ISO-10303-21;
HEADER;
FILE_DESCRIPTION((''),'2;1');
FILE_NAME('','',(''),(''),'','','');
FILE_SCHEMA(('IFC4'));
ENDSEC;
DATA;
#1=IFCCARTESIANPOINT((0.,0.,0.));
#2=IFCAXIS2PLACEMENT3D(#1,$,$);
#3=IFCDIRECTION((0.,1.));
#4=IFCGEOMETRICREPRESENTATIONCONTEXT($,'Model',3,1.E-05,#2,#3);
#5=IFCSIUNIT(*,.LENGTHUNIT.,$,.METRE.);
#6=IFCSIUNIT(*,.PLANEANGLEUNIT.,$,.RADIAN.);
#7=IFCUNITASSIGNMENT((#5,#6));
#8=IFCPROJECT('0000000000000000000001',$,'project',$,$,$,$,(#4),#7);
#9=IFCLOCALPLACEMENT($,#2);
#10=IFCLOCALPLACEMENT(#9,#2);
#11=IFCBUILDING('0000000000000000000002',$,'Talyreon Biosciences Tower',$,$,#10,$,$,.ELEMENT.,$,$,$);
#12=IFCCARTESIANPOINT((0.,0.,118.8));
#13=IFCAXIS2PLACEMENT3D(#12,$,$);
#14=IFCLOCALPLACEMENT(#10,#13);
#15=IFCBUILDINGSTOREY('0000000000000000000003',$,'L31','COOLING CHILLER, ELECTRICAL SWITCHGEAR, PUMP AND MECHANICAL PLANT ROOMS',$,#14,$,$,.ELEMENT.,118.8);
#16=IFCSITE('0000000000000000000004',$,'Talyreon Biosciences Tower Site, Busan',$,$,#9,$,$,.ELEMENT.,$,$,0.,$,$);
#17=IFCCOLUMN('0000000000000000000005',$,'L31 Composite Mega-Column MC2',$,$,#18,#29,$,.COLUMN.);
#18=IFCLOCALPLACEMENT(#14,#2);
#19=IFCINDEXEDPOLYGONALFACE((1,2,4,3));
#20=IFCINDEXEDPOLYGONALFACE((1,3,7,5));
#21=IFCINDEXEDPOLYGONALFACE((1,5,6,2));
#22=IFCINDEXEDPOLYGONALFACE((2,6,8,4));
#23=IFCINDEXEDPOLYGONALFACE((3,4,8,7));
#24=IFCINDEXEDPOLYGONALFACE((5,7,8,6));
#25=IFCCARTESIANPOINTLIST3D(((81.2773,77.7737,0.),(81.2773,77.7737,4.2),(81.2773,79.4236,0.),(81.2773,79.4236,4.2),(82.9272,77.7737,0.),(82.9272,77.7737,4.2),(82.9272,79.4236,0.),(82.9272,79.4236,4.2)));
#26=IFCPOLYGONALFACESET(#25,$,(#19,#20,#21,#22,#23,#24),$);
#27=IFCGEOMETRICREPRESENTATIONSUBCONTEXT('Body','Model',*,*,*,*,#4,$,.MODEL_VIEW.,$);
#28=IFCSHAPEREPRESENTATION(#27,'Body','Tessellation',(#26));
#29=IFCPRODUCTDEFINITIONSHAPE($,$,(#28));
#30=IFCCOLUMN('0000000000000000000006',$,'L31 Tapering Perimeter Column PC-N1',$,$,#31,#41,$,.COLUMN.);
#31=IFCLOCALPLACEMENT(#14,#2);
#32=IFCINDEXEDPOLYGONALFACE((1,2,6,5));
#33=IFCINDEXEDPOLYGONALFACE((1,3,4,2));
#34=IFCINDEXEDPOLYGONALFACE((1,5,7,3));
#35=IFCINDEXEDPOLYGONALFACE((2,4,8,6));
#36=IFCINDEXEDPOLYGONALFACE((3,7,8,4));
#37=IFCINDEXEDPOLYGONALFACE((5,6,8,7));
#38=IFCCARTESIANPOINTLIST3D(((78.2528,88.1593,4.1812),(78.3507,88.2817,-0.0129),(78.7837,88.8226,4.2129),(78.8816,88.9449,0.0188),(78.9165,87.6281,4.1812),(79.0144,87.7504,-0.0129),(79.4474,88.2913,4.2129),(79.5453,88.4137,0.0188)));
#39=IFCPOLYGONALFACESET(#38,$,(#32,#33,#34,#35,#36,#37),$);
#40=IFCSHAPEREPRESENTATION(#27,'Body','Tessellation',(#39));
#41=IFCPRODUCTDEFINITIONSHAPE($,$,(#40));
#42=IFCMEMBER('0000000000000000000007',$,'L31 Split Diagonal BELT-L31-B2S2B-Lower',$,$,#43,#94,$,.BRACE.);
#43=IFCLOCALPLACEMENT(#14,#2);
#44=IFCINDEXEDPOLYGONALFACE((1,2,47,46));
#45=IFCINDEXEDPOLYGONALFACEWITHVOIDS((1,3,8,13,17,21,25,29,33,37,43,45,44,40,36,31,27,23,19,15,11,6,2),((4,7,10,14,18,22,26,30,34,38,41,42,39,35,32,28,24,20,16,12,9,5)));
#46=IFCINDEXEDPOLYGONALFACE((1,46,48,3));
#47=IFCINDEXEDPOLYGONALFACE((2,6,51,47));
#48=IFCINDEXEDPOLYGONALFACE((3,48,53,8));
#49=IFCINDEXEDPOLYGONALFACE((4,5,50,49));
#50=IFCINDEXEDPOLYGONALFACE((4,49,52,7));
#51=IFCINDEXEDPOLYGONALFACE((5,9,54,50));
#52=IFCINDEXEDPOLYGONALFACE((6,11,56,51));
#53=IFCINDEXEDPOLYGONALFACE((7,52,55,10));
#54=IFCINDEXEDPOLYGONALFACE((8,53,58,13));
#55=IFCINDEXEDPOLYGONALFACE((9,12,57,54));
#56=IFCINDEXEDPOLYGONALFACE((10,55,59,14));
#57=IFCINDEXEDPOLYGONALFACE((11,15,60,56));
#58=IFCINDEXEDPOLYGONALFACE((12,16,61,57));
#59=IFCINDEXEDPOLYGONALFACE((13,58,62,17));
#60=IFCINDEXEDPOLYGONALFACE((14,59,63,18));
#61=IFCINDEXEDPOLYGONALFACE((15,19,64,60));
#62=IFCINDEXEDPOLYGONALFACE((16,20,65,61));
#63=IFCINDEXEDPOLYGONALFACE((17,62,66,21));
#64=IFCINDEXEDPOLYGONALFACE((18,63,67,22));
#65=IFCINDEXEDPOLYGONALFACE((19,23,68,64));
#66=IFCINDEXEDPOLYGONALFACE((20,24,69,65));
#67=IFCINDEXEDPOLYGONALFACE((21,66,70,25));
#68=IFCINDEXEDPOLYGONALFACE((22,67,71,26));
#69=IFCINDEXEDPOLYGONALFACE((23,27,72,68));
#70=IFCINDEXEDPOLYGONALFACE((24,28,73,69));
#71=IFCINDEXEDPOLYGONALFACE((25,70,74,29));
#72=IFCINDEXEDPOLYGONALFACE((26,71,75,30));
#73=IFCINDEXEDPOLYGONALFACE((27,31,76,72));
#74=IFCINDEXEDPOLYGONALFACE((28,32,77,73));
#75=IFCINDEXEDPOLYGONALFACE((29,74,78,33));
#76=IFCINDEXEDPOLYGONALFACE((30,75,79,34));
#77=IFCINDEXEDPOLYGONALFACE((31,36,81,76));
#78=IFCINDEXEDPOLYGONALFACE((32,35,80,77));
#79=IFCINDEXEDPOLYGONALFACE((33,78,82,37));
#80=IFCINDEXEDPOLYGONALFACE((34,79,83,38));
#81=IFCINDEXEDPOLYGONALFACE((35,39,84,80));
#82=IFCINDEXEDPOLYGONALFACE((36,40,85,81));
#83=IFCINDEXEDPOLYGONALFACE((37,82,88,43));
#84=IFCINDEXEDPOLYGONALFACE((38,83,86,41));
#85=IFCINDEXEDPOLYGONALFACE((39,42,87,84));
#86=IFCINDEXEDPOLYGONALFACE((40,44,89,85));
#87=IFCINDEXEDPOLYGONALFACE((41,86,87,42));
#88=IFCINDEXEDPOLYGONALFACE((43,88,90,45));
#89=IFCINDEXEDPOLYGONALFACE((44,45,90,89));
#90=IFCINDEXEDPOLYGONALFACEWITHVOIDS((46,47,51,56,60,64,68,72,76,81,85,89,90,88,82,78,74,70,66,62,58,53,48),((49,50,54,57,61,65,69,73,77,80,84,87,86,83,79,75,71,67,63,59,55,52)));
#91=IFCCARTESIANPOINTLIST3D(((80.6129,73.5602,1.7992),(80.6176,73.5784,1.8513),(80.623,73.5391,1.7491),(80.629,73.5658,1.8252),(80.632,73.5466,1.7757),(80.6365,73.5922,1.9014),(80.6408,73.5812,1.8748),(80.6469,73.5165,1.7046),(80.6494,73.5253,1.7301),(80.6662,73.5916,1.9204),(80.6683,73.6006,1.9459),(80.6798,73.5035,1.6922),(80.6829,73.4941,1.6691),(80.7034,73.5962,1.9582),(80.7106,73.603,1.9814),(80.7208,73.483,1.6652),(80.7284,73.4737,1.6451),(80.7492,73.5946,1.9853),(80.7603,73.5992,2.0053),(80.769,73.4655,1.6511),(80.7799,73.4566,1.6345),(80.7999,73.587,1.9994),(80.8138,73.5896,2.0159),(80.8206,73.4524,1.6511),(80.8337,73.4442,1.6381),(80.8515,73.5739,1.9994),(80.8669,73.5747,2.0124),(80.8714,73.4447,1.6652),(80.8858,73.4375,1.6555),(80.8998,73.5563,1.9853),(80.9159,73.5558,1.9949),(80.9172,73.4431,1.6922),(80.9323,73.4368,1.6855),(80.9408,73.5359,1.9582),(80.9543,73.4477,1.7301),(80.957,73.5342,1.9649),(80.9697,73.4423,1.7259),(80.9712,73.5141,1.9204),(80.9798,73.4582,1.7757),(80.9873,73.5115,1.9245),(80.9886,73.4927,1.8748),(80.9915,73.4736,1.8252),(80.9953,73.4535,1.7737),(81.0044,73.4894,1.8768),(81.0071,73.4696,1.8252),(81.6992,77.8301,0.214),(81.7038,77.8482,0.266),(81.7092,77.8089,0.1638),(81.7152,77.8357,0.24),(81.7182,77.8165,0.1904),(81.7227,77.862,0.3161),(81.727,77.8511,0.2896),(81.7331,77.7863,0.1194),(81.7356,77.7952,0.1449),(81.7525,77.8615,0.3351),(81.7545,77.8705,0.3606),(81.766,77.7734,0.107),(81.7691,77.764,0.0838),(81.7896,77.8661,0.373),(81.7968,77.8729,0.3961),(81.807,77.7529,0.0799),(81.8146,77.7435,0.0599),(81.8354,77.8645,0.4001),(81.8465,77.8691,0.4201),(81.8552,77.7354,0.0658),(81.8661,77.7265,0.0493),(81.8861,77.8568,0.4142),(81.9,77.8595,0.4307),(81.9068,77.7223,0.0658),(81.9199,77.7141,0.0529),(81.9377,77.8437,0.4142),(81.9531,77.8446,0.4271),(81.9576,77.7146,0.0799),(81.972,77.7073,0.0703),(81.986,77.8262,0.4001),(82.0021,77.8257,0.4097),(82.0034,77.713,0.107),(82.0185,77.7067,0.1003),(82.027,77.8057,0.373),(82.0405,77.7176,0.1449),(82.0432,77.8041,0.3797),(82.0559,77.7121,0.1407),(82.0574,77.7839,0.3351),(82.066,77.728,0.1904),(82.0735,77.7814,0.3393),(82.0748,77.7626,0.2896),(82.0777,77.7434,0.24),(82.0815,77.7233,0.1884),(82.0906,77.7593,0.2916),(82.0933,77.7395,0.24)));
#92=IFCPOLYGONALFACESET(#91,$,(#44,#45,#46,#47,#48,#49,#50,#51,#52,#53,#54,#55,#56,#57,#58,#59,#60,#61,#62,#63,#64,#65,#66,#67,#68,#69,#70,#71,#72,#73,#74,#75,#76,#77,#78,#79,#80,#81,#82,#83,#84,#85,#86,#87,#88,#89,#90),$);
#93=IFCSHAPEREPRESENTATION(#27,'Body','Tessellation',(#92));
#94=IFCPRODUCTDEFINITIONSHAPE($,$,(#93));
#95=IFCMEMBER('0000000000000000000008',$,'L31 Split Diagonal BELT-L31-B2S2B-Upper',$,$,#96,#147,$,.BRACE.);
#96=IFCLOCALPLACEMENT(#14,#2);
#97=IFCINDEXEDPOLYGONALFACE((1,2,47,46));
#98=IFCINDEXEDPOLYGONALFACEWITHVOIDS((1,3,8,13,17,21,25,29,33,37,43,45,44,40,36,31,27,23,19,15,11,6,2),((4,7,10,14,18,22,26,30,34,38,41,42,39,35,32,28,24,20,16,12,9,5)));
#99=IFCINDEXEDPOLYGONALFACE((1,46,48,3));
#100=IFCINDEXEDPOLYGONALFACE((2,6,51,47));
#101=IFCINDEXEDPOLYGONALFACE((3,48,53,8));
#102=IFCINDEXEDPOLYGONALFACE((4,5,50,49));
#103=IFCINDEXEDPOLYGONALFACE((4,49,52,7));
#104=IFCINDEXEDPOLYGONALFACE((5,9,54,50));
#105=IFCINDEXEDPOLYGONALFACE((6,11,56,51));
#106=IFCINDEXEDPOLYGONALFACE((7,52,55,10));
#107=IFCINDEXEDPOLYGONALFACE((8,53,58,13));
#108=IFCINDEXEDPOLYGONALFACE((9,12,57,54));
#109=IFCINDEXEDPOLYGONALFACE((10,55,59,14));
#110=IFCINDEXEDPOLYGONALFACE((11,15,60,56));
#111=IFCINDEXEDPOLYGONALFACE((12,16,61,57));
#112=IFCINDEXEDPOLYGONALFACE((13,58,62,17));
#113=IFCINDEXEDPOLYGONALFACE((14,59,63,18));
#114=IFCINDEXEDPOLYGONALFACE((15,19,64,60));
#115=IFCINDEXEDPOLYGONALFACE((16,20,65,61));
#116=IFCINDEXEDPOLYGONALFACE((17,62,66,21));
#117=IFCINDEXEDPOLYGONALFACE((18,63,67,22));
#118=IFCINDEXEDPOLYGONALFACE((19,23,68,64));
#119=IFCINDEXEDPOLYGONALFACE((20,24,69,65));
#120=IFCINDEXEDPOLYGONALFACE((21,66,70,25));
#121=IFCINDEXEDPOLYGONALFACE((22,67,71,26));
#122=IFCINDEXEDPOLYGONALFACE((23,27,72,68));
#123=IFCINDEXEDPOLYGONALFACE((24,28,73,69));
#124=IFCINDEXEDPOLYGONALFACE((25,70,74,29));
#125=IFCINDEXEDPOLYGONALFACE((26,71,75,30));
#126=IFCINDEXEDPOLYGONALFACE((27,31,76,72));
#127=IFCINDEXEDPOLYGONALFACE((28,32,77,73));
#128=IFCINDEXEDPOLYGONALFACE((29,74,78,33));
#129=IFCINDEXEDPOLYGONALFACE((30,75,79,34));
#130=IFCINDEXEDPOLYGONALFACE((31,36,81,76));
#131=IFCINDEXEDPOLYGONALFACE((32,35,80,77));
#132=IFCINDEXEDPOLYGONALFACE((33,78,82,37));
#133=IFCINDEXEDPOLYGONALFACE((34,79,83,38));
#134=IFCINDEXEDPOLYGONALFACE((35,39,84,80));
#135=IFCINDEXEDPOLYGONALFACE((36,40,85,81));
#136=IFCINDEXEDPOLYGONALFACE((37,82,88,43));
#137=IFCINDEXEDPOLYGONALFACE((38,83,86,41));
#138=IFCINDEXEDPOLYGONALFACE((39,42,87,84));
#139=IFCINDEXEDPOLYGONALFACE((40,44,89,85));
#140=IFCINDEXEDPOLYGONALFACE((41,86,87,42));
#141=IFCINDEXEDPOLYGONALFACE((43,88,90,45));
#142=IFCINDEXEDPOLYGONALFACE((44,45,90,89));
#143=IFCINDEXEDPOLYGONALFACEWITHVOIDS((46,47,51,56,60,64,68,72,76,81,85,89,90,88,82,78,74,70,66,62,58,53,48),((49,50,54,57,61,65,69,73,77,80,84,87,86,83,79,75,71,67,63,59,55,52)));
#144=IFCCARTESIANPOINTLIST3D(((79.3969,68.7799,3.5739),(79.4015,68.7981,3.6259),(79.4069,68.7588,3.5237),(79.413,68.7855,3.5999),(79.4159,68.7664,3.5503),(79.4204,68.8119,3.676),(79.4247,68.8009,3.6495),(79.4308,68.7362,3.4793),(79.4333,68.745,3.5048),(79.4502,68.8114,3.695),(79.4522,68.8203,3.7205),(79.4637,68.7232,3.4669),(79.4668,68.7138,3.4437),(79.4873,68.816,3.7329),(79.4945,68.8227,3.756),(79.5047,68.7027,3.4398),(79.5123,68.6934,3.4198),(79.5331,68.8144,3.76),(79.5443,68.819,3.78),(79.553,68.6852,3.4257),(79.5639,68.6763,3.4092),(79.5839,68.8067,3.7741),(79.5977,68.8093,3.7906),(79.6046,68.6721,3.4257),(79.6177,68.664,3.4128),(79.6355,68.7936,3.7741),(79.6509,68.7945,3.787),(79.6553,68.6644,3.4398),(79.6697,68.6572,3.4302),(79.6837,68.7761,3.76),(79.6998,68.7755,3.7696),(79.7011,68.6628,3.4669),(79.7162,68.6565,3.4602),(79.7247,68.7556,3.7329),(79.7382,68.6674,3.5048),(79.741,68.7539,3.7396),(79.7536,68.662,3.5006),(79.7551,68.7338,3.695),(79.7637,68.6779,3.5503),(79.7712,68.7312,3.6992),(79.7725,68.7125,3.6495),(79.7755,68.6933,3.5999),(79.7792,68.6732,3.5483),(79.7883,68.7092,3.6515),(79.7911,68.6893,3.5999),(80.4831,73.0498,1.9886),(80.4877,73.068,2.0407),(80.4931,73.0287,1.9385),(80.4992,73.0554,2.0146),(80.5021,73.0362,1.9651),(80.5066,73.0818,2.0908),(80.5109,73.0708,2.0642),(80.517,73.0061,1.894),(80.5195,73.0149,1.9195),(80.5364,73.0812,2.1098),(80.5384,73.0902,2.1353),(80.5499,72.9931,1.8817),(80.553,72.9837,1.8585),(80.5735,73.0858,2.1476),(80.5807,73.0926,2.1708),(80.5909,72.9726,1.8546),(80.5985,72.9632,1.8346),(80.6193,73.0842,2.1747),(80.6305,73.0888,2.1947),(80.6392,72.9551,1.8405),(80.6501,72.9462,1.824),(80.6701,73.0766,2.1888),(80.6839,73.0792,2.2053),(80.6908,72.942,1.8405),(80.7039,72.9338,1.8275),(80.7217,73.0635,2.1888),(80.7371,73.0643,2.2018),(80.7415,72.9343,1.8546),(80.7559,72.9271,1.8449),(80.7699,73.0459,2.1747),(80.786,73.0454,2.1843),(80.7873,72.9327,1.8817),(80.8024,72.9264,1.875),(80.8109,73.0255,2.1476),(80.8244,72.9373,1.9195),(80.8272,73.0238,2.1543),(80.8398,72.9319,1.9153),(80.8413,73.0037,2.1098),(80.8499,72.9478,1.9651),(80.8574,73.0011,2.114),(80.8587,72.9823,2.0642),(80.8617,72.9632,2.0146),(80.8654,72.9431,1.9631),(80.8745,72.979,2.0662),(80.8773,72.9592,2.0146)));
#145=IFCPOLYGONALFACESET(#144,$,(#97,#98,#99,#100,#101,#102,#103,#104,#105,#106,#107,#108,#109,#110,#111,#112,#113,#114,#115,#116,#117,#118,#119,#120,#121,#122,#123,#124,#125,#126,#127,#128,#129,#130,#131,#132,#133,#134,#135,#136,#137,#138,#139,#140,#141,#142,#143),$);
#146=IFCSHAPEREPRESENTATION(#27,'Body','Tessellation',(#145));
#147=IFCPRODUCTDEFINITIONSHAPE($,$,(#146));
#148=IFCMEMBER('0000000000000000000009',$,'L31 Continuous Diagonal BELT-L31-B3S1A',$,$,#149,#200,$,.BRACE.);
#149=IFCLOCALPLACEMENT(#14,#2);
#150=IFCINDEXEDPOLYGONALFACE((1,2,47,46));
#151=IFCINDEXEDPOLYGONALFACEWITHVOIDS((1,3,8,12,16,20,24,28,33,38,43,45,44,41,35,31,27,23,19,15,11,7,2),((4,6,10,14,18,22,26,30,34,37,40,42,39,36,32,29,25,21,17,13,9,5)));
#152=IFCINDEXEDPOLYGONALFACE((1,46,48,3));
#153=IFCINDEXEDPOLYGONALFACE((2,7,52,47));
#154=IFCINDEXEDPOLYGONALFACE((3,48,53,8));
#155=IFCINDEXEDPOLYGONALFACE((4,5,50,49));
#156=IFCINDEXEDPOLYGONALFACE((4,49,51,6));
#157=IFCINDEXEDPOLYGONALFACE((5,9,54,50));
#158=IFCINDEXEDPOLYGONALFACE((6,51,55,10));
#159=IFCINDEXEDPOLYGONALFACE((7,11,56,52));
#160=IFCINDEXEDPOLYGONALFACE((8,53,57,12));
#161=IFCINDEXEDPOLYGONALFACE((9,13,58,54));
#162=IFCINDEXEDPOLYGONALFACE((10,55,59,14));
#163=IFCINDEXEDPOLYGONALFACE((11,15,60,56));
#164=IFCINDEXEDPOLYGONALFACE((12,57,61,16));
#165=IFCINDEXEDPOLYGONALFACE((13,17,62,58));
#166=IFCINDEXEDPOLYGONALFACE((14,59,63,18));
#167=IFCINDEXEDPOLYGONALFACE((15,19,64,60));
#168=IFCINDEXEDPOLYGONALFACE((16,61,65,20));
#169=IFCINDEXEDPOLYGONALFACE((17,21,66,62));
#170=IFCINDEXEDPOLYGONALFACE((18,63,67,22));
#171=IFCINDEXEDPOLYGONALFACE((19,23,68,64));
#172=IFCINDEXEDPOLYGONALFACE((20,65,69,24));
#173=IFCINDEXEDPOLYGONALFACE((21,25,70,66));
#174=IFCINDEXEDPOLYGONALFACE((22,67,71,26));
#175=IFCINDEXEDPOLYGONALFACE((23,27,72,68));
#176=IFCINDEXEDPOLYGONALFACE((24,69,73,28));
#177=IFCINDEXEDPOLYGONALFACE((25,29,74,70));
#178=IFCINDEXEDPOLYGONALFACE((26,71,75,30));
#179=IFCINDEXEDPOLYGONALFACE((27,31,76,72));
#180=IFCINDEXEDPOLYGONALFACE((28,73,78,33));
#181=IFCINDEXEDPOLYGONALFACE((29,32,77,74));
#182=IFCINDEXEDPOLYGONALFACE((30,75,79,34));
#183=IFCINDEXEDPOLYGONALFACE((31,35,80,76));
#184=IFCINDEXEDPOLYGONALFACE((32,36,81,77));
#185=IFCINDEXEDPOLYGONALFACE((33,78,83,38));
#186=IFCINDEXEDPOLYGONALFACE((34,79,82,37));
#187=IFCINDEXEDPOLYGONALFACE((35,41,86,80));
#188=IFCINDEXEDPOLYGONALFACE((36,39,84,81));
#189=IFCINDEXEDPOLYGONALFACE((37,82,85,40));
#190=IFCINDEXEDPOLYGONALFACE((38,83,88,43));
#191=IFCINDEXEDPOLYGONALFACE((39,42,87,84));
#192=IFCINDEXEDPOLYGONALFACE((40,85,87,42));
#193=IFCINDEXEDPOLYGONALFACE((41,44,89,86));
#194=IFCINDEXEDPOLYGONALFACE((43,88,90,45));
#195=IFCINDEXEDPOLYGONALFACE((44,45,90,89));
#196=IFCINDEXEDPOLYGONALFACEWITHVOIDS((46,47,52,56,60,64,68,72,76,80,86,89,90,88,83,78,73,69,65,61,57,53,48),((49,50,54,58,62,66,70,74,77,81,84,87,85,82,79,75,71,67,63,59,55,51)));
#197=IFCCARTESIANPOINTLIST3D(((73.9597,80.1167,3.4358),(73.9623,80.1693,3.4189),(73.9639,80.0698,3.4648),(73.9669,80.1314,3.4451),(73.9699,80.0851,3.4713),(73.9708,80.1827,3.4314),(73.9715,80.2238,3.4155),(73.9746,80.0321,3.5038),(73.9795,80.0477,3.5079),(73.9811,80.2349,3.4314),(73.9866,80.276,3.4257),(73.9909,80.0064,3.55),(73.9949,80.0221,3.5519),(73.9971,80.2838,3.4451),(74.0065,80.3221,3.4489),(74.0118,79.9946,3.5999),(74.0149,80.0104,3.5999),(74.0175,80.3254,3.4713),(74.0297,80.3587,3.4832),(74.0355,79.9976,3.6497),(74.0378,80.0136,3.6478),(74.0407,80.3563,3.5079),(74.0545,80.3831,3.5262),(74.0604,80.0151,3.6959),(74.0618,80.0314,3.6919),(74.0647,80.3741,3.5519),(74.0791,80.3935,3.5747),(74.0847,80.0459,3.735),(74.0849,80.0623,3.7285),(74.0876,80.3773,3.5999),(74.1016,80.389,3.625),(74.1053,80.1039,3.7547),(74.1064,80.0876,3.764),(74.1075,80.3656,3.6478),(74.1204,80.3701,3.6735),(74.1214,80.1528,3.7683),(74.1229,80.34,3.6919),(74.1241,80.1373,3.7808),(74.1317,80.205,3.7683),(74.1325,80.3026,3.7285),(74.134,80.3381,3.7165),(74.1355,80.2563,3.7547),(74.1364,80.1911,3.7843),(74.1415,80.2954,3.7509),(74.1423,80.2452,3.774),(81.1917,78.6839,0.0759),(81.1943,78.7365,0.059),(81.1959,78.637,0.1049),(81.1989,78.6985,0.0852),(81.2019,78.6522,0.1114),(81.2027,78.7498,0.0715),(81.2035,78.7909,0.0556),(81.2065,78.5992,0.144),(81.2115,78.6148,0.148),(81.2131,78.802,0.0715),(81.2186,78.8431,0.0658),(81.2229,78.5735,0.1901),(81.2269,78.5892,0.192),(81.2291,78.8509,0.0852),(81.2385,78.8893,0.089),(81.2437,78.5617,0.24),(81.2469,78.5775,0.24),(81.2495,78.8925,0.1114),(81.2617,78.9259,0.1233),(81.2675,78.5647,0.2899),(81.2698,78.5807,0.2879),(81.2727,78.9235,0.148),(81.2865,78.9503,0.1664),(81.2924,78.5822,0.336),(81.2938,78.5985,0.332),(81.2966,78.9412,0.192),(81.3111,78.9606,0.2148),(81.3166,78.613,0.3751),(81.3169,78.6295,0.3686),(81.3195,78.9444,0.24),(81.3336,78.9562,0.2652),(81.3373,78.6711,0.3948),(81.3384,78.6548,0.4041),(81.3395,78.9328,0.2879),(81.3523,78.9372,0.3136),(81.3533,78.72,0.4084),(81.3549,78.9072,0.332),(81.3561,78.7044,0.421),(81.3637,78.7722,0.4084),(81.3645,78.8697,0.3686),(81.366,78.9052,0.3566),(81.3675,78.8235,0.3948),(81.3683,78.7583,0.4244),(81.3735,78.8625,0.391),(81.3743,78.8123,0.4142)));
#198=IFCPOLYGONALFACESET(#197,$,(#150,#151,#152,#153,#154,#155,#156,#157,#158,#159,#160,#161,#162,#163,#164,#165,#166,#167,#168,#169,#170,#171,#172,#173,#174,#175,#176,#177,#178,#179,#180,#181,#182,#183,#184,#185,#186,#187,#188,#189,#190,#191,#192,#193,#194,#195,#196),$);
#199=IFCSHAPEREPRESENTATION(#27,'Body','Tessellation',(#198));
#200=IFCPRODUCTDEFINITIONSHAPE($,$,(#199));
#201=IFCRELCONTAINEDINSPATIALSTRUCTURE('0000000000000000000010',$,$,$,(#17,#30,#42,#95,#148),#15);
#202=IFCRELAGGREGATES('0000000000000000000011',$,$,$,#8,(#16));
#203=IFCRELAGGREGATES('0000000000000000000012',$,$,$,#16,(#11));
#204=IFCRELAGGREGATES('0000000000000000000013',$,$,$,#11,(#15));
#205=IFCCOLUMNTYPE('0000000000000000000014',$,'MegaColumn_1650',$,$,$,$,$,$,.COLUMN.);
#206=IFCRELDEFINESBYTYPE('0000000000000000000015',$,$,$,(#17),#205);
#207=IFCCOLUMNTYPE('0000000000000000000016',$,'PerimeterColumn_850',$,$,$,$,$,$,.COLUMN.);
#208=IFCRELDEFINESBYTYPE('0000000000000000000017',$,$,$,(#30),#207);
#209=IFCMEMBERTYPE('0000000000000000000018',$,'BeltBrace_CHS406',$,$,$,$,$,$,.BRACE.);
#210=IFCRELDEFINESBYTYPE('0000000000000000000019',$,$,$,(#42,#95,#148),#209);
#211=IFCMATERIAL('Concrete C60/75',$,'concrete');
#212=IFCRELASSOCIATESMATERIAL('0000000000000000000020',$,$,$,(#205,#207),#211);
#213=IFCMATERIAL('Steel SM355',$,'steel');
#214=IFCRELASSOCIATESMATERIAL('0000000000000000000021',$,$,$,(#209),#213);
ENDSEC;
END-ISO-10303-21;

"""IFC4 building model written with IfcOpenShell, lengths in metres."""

from ifc_helpers import new_model, si_unit, direction, frame, origin, origin_2d, place, context, subcontext, project, spatial, rectangle, hollow_circle, extrude, material, material_profile, profile_set, type_object, element, save


model = new_model("IFC4")

# Units and contexts
model_context = context("Model", 3, precision=1e-05, world=origin(), true_north=direction((0.0, 1.0)))
body_context = subcontext(model_context, "Body", "Model", "MODEL_VIEW")
ifc_project = project(units=[si_unit("LENGTHUNIT", "METRE"), si_unit("PLANEANGLEUNIT", "RADIAN")], contexts=[model_context])

# Site, building, storey
site_placement = place(None, origin())
site = spatial("IfcSite", under=ifc_project, at=site_placement, Name="Talyreon Biosciences Tower Site, Busan", CompositionType="ELEMENT", RefElevation=0.0)
building_placement = place(site_placement, origin())
building = spatial("IfcBuilding", under=site, at=building_placement, Name="Talyreon Biosciences Tower", CompositionType="ELEMENT")
storey_placement = place(building_placement, frame((0.0, 0.0, 118.8)))
storey = spatial("IfcBuildingStorey", under=building, at=storey_placement, Name="L31", Description="COOLING CHILLER, ELECTRICAL SWITCHGEAR, PUMP AND MECHANICAL PLANT ROOMS", CompositionType="ELEMENT", Elevation=118.8)

# Columns
ifc_material_1 = material(Name="Concrete C60/75", Category="concrete")
ifc_material_profile_1 = material_profile(ifc_material_1, rectangle(XDim=1.6499, YDim=1.6499, at=origin_2d()), Name="RC 1650x1650")
ifc_profile_set_1 = profile_set([ifc_material_profile_1], Name="Concrete C60/75")
column_type_1 = type_object("IfcColumnType", Name="MegaColumn_1650", PredefinedType="COLUMN", material=ifc_profile_set_1)
column_1_placement = place(storey_placement, frame((82.1023, 78.5986, 0.0), z_axis=(0.0, 0.0, 1.0), x_axis=(1.0, 0.0, 0.0)))
element("IfcColumn", 1, at=column_1_placement, inside=storey, type_object=column_type_1, Name="L31 Composite Mega-Column MC2", PredefinedType="COLUMN", context=body_context, shape_type="SweptSolid", body=[
    extrude(rectangle(XDim=1.6499, YDim=1.6499, at=origin_2d()), origin(), (0.0, 0.0, 1.0), 4.2),
])
ifc_material_profile_2 = material_profile(ifc_material_1, rectangle(XDim=0.8501, YDim=0.8501, at=origin_2d()), Name="RC 850x850")
ifc_profile_set_2 = profile_set([ifc_material_profile_2], Name="Concrete C60/75")
column_type_2 = type_object("IfcColumnType", Name="PerimeterColumn_850", PredefinedType="COLUMN", material=ifc_profile_set_2)
column_2_placement = place(storey_placement, frame((78.948, 88.3477, 0.0029), z_axis=(-0.023326, -0.029143, 0.999303), x_axis=(-0.780717, 0.624885, 0.0)))
element("IfcColumn", 2, at=column_2_placement, inside=storey, type_object=column_type_2, Name="L31 Tapering Perimeter Column PC-N1", PredefinedType="COLUMN", context=body_context, shape_type="SweptSolid", body=[
    extrude(rectangle(XDim=0.8501, YDim=0.8501, at=origin_2d()), origin(), (0.0, 0.0, 1.0), 4.197),
])

# Members
ifc_material_2 = material(Name="Steel SM355", Category="steel")
ifc_material_profile_3 = material_profile(ifc_material_2, hollow_circle(Radius=0.2031, WallThickness=0.0161, at=origin_2d()), Name="CHS 406.4x16")
ifc_profile_set_3 = profile_set([ifc_material_profile_3], Name="Steel SM355")
member_type_1 = type_object("IfcMemberType", Name="BeltBrace_CHS406", PredefinedType="BRACE", material=ifc_profile_set_3)
for number, where, z_axis, x_axis, name in (
    (3, (81.8965, 77.7896, 0.24), (-0.231978, -0.911903, 0.338555), (0.969134, -0.246536, 0.0), "L31 Split Diagonal BELT-L31-B2S2B-Lower"),
    (4, (80.6804, 73.0093, 2.0146), (-0.231978, -0.911903, 0.338555), (0.969134, -0.246536, 0.0), "L31 Split Diagonal BELT-L31-B2S2B-Upper"),
):
    element("IfcMember", number, at=place(storey_placement, frame(where, z_axis=z_axis, x_axis=x_axis)), inside=storey, type_object=member_type_1, Name=name, PredefinedType="BRACE", context=body_context, shape_type="SweptSolid", body=[
        extrude(hollow_circle(Radius=0.2031, WallThickness=0.0161, at=origin_2d()), origin(), (0.0, 0.0, 1.0), 4.6824),
    ])
member_1_placement = place(storey_placement, frame((81.2832, 78.761, 0.24), z_axis=(-0.892609, 0.176852, 0.414695), x_axis=(-0.194352, -0.980932, 0.0)))
element("IfcMember", 5, at=member_1_placement, inside=storey, type_object=member_type_1, Name="L31 Continuous Diagonal BELT-L31-B3S1A", PredefinedType="BRACE", context=body_context, shape_type="SweptSolid", body=[
    extrude(hollow_circle(Radius=0.2031, WallThickness=0.0161, at=origin_2d()), origin(), (0.0, 0.0, 1.0), 8.1021),
])

save(model, "model.ifc")
